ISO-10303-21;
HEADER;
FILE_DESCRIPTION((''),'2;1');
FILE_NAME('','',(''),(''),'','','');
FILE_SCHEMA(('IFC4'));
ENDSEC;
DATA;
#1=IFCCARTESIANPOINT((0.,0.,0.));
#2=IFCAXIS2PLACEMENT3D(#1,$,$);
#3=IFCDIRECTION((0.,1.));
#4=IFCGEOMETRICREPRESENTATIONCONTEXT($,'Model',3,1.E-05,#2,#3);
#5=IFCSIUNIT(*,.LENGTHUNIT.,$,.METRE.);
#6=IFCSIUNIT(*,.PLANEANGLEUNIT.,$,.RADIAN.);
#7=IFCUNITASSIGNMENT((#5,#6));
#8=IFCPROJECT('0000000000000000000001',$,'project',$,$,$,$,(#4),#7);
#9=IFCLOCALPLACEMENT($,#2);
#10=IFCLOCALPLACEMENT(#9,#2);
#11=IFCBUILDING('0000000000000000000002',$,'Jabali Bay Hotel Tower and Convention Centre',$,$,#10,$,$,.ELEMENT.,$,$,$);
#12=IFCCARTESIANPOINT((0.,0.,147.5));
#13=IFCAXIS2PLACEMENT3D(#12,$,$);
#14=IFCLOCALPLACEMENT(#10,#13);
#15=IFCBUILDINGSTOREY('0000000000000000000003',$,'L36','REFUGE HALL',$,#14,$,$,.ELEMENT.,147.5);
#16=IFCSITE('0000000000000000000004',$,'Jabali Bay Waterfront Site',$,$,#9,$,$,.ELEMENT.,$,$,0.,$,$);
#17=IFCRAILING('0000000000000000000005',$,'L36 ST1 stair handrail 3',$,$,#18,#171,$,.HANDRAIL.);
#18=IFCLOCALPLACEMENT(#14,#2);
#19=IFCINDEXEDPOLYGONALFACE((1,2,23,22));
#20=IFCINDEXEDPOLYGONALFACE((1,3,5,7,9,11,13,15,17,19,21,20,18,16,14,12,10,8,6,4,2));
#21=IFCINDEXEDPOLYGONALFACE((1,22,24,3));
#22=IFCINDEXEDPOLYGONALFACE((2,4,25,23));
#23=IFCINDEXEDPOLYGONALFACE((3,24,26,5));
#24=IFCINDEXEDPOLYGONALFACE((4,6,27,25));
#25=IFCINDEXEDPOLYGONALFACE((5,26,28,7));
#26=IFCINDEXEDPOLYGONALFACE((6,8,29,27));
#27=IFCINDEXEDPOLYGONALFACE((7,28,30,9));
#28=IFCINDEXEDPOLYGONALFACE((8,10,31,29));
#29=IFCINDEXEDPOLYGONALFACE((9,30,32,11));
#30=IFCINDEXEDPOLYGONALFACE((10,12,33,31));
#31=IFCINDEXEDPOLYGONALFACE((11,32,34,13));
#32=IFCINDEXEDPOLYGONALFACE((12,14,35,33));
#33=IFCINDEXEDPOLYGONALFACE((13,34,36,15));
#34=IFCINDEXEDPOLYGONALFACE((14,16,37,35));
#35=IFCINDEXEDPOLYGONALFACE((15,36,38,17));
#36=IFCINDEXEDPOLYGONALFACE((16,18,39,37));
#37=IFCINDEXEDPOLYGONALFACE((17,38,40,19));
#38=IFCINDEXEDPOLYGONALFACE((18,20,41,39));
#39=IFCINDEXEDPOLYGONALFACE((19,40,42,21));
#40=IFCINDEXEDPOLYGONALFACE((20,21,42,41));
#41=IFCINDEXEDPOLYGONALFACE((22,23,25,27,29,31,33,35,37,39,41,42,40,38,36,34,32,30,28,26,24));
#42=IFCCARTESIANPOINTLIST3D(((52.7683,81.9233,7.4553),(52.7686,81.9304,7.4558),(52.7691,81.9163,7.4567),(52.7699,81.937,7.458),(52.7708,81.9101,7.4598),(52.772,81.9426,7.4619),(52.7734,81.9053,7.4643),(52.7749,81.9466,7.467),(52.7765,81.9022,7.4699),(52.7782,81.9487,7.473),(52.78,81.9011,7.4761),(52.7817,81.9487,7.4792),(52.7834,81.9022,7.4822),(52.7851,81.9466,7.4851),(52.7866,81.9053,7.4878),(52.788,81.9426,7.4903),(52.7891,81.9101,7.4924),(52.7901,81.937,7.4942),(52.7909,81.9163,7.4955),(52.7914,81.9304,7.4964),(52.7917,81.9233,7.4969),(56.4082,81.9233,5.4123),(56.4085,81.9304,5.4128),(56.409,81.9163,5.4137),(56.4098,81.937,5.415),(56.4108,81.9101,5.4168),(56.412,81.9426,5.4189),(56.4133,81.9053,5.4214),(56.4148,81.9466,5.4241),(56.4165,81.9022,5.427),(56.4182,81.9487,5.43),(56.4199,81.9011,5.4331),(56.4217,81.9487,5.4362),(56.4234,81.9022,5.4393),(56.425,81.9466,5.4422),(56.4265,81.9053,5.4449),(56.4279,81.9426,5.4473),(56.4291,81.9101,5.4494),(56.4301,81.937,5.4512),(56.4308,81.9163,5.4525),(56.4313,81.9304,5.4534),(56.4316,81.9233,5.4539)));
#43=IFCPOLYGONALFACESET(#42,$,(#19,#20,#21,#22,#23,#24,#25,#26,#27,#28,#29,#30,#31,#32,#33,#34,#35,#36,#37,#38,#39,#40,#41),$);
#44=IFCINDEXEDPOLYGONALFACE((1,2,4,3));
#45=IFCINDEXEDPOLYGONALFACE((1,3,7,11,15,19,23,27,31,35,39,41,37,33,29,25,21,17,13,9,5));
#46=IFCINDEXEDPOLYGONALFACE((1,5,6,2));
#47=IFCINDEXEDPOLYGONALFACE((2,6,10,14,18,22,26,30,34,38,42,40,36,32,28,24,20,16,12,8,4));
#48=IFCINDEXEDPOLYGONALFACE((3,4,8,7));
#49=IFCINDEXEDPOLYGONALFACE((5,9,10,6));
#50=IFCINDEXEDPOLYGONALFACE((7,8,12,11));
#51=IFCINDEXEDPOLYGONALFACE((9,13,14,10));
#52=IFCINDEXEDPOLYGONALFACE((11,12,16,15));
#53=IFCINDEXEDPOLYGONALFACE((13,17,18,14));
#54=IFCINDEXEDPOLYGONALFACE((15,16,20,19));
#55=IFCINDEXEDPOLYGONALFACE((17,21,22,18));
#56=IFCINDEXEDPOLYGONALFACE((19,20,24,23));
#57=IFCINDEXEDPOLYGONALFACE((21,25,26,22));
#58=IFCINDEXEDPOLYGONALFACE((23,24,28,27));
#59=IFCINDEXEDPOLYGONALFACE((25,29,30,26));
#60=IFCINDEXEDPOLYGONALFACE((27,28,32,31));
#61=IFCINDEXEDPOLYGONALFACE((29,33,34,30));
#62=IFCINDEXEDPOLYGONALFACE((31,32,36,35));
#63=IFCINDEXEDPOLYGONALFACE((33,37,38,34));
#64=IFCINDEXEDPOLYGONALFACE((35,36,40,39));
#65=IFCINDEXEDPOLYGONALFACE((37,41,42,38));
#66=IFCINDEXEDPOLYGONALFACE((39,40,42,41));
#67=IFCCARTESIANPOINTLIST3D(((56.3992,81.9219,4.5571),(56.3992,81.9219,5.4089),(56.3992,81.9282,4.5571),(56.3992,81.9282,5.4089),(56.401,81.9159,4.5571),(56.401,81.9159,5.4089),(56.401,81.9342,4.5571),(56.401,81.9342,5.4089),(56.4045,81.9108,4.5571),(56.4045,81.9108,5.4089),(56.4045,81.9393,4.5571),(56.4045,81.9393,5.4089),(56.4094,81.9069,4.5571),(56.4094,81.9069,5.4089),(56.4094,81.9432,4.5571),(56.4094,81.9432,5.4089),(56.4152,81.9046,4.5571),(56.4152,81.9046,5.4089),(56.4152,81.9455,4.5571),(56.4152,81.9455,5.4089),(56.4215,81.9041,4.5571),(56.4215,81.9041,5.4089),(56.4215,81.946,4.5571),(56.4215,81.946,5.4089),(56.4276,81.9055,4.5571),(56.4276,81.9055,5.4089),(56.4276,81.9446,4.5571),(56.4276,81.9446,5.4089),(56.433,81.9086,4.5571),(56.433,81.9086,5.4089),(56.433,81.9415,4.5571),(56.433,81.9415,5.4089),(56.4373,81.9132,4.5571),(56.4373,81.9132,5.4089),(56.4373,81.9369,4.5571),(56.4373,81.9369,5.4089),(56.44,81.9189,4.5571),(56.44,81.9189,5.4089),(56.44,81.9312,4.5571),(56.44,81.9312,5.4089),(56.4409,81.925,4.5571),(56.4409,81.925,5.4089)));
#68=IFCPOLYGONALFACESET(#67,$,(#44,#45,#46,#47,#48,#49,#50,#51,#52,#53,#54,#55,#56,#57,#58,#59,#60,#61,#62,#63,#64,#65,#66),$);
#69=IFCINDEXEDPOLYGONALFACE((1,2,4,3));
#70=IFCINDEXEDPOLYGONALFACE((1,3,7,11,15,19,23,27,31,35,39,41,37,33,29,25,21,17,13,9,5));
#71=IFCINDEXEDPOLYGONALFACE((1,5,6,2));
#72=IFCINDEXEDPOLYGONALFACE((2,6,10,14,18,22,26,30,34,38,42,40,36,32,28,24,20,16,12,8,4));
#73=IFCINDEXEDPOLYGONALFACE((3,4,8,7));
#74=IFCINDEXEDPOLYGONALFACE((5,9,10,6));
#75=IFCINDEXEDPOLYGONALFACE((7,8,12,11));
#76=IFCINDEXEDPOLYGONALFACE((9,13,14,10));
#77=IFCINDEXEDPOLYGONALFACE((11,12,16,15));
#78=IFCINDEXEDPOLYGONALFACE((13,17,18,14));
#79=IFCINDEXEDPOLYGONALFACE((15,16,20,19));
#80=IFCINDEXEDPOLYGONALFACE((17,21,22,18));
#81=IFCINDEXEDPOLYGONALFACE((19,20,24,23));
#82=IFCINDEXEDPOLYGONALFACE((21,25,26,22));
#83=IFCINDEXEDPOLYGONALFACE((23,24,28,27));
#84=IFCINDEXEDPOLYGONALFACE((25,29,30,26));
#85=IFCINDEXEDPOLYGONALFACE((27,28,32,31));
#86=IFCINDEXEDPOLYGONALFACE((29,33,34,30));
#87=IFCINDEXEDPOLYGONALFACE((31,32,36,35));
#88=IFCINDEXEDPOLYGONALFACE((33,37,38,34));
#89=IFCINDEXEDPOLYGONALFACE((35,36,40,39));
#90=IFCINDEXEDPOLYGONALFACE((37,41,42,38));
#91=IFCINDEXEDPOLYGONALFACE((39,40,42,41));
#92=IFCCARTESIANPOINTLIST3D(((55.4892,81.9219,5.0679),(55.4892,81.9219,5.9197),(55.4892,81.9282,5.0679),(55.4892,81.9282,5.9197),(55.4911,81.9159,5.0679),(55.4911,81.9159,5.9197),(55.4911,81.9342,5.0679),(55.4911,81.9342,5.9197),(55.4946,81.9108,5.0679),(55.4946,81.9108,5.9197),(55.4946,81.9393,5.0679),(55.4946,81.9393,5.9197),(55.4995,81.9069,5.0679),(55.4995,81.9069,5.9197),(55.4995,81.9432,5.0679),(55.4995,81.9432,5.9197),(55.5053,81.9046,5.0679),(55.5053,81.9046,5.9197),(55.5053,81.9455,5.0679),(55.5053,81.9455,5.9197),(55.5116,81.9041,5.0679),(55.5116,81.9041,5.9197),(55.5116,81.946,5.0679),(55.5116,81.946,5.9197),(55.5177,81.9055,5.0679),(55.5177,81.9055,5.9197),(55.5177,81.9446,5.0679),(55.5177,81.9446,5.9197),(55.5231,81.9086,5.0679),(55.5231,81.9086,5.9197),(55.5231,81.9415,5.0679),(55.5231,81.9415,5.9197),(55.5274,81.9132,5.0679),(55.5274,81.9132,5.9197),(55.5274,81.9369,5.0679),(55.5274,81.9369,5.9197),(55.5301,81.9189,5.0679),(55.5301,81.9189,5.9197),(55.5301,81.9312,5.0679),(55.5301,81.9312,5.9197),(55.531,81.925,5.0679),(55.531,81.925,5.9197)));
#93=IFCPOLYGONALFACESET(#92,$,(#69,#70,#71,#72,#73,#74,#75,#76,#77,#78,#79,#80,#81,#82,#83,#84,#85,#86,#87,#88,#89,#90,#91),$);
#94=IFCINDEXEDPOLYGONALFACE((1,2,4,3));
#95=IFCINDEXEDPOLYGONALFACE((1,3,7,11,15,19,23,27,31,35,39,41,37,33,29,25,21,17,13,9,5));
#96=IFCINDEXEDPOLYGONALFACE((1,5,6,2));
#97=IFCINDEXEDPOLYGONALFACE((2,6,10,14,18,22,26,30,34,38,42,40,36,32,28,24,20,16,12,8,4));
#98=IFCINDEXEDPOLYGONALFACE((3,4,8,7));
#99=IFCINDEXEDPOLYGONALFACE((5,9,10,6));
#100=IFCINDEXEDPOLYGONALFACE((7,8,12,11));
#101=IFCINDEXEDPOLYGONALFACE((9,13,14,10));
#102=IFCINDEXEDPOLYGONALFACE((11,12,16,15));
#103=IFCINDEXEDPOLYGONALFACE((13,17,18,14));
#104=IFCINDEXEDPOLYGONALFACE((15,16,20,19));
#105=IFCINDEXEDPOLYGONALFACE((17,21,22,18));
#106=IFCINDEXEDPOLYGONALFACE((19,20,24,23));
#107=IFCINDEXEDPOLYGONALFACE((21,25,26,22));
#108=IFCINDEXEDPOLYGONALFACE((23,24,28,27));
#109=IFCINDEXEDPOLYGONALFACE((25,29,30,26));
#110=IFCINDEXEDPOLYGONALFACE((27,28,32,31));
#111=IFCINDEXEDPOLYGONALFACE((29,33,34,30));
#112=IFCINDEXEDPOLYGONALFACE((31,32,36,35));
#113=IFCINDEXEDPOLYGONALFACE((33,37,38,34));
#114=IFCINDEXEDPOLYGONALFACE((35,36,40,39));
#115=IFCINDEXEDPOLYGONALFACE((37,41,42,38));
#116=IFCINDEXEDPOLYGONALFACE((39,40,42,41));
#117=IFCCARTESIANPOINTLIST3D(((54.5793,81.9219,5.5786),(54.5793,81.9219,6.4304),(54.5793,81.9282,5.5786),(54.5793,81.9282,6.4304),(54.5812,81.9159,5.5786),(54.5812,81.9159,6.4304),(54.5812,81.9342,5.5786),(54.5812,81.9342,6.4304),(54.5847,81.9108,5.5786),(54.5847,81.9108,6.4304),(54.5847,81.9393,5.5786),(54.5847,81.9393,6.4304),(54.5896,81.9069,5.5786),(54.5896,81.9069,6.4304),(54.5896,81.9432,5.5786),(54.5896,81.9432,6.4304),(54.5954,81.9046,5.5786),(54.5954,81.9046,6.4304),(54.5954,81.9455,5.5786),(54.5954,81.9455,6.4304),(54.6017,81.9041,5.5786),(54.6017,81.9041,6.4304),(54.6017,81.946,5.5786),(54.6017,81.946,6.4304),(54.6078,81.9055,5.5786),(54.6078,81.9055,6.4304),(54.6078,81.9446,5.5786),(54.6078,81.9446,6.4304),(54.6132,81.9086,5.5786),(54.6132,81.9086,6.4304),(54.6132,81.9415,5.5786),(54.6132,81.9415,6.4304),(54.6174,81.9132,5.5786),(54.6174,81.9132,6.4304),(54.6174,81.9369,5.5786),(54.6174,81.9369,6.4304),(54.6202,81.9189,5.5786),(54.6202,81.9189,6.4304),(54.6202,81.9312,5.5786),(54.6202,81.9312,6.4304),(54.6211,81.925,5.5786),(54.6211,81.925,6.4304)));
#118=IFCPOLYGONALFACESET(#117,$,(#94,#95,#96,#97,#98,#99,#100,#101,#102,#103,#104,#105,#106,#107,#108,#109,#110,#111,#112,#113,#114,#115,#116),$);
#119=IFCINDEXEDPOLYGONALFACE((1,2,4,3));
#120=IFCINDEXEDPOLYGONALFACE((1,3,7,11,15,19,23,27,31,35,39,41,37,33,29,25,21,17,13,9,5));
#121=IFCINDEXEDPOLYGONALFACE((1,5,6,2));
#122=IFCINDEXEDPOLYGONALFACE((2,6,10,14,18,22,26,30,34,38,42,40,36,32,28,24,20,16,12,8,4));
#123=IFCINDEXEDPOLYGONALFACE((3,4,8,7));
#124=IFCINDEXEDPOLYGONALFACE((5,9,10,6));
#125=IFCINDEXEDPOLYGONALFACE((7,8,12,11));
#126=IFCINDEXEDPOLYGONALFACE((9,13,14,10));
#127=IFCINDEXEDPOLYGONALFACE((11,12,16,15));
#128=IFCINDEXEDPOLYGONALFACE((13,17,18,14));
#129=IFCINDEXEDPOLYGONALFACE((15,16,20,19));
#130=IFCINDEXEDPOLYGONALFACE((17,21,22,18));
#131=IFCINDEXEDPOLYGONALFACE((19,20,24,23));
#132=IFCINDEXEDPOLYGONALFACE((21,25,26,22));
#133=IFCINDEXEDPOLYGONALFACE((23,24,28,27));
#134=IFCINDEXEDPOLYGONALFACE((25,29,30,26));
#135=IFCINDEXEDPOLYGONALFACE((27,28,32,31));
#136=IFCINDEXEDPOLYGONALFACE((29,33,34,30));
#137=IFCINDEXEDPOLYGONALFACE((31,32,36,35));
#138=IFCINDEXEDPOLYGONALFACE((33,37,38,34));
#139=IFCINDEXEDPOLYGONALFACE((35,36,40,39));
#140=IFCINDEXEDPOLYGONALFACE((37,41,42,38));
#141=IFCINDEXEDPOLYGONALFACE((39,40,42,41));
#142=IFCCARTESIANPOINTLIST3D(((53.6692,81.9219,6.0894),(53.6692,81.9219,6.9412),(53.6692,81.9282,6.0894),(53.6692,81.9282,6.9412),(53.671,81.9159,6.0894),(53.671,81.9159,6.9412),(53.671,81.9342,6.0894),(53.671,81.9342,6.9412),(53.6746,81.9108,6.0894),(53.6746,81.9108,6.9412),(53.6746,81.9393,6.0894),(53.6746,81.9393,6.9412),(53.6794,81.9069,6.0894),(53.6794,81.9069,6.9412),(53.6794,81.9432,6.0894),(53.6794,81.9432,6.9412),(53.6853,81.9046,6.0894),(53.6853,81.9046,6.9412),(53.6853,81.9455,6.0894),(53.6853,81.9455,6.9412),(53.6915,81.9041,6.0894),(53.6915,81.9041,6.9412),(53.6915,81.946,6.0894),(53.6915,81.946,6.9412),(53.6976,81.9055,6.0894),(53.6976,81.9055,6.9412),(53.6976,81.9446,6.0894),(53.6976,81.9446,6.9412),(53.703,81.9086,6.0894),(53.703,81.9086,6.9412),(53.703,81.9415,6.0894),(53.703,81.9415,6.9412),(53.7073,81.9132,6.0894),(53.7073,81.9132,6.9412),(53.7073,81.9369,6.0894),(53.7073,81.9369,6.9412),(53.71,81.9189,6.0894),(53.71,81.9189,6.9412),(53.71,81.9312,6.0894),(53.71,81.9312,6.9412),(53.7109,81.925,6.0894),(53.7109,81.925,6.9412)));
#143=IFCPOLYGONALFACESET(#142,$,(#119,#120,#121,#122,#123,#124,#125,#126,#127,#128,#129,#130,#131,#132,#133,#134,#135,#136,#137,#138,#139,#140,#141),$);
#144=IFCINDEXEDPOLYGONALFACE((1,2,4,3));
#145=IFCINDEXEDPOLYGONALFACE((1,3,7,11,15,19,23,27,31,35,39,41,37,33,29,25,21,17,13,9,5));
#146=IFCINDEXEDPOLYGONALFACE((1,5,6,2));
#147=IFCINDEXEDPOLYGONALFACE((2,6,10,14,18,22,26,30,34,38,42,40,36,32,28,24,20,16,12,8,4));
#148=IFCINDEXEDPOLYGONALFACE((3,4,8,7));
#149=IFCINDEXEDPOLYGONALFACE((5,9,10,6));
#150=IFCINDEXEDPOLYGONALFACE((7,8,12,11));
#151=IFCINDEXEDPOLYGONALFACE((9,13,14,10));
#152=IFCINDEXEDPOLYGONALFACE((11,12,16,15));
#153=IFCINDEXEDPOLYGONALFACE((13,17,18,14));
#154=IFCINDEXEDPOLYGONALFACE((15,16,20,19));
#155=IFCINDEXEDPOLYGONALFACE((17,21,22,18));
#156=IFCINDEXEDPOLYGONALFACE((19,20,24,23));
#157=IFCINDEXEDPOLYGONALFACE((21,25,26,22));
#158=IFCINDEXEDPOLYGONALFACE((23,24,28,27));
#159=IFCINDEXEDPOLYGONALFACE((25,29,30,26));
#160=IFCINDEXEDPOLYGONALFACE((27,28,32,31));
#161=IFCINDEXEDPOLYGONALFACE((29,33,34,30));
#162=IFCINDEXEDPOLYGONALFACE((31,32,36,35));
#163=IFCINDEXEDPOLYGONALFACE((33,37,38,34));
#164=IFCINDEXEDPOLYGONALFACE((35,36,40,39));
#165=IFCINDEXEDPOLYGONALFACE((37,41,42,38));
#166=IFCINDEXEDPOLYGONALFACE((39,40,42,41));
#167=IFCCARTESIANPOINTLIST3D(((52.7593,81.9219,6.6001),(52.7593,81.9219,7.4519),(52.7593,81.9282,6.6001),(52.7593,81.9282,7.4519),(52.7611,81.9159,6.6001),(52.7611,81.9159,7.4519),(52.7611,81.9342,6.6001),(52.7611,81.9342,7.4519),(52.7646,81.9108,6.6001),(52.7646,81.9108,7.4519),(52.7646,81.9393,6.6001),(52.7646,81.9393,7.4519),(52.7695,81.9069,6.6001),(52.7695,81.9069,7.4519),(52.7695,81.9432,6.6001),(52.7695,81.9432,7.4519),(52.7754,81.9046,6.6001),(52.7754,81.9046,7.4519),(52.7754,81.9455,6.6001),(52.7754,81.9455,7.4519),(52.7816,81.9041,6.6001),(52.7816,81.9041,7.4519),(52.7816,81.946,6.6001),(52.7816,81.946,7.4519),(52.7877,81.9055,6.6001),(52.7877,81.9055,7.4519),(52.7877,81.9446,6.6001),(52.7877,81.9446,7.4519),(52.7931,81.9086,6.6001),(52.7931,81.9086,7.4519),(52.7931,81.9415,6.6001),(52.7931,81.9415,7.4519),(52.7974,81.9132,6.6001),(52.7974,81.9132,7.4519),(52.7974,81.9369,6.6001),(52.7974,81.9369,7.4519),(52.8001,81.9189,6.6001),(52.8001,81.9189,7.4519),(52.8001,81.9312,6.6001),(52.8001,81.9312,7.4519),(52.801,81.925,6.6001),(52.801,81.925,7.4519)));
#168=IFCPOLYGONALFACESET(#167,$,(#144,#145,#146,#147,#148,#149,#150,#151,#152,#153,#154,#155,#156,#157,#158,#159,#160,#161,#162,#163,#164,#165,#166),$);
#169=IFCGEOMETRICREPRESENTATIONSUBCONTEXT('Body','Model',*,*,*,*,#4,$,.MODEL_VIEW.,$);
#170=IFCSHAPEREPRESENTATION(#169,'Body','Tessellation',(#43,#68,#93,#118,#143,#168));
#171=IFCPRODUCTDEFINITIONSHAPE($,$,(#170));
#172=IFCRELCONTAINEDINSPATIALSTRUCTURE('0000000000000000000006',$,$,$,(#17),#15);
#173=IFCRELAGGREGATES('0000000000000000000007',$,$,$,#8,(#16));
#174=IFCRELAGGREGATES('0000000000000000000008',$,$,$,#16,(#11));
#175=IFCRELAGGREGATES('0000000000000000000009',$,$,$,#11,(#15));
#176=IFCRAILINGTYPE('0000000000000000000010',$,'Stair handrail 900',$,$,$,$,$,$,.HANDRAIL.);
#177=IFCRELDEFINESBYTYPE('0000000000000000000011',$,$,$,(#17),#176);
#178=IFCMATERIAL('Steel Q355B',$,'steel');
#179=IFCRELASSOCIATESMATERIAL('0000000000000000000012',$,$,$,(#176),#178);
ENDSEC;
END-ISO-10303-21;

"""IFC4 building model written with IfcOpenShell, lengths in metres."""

from ifc_helpers import new_model, si_unit, direction, frame, origin, origin_2d, place, context, subcontext, project, spatial, circle, extrude, material, type_object, element, save


model = new_model("IFC4")

# Units and contexts
model_context = context("Model", 3, precision=1e-05, world=origin(), true_north=direction((0.0, 1.0)))
body_context = subcontext(model_context, "Body", "Model", "MODEL_VIEW")
ifc_project = project(units=[si_unit("LENGTHUNIT", "METRE"), si_unit("PLANEANGLEUNIT", "RADIAN")], contexts=[model_context])

# Site, building, storey
site_placement = place(None, origin())
site = spatial("IfcSite", under=ifc_project, at=site_placement, Name="Jabali Bay Waterfront Site", CompositionType="ELEMENT", RefElevation=0.0)
building_placement = place(site_placement, origin())
building = spatial("IfcBuilding", under=site, at=building_placement, Name="Jabali Bay Hotel Tower and Convention Centre", CompositionType="ELEMENT")
storey_placement = place(building_placement, frame((0.0, 0.0, 147.5)))
storey = spatial("IfcBuildingStorey", under=building, at=storey_placement, Name="L36", Description="REFUGE HALL", CompositionType="ELEMENT", Elevation=147.5)

# Railing
ifc_material_1 = material(Name="Steel Q355B", Category="steel")
railing_type_1 = type_object("IfcRailingType", Name="Stair handrail 900", PredefinedType="HANDRAIL", material=ifc_material_1)
railing_1_placement = place(storey_placement, frame((56.4199, 81.925, 4.5571)))
element("IfcRailing", 1, at=railing_1_placement, inside=storey, type_object=railing_type_1, Name="L36 ST1 stair handrail 3", PredefinedType="HANDRAIL", context=body_context, shape_type="SweptSolid", body=[
    extrude(circle(Radius=0.0239, at=origin_2d()), frame((0.0, 0.0, 0.876), z_axis=(-0.872033, 0.0, 0.489447), x_axis=(0.0, -1.0, 0.0)), (0.0, 0.0, 1.0), 4.1741),
    extrude(circle(Radius=0.021, at=origin_2d()), origin(), (0.0, 0.0, 1.0), 0.8518),
    extrude(circle(Radius=0.021, at=origin_2d()), frame((-0.9099, 0.0, 0.5107)), (0.0, 0.0, 1.0), 0.8518),
    extrude(circle(Radius=0.021, at=origin_2d()), frame((-1.8198, 0.0, 1.0215)), (0.0, 0.0, 1.0), 0.8518),
    extrude(circle(Radius=0.021, at=origin_2d()), frame((-2.73, 0.0, 1.5322)), (0.0, 0.0, 1.0), 0.8518),
    extrude(circle(Radius=0.021, at=origin_2d()), frame((-3.6399, 0.0, 2.043)), (0.0, 0.0, 1.0), 0.8518),
])

save(model, "model.ifc")
